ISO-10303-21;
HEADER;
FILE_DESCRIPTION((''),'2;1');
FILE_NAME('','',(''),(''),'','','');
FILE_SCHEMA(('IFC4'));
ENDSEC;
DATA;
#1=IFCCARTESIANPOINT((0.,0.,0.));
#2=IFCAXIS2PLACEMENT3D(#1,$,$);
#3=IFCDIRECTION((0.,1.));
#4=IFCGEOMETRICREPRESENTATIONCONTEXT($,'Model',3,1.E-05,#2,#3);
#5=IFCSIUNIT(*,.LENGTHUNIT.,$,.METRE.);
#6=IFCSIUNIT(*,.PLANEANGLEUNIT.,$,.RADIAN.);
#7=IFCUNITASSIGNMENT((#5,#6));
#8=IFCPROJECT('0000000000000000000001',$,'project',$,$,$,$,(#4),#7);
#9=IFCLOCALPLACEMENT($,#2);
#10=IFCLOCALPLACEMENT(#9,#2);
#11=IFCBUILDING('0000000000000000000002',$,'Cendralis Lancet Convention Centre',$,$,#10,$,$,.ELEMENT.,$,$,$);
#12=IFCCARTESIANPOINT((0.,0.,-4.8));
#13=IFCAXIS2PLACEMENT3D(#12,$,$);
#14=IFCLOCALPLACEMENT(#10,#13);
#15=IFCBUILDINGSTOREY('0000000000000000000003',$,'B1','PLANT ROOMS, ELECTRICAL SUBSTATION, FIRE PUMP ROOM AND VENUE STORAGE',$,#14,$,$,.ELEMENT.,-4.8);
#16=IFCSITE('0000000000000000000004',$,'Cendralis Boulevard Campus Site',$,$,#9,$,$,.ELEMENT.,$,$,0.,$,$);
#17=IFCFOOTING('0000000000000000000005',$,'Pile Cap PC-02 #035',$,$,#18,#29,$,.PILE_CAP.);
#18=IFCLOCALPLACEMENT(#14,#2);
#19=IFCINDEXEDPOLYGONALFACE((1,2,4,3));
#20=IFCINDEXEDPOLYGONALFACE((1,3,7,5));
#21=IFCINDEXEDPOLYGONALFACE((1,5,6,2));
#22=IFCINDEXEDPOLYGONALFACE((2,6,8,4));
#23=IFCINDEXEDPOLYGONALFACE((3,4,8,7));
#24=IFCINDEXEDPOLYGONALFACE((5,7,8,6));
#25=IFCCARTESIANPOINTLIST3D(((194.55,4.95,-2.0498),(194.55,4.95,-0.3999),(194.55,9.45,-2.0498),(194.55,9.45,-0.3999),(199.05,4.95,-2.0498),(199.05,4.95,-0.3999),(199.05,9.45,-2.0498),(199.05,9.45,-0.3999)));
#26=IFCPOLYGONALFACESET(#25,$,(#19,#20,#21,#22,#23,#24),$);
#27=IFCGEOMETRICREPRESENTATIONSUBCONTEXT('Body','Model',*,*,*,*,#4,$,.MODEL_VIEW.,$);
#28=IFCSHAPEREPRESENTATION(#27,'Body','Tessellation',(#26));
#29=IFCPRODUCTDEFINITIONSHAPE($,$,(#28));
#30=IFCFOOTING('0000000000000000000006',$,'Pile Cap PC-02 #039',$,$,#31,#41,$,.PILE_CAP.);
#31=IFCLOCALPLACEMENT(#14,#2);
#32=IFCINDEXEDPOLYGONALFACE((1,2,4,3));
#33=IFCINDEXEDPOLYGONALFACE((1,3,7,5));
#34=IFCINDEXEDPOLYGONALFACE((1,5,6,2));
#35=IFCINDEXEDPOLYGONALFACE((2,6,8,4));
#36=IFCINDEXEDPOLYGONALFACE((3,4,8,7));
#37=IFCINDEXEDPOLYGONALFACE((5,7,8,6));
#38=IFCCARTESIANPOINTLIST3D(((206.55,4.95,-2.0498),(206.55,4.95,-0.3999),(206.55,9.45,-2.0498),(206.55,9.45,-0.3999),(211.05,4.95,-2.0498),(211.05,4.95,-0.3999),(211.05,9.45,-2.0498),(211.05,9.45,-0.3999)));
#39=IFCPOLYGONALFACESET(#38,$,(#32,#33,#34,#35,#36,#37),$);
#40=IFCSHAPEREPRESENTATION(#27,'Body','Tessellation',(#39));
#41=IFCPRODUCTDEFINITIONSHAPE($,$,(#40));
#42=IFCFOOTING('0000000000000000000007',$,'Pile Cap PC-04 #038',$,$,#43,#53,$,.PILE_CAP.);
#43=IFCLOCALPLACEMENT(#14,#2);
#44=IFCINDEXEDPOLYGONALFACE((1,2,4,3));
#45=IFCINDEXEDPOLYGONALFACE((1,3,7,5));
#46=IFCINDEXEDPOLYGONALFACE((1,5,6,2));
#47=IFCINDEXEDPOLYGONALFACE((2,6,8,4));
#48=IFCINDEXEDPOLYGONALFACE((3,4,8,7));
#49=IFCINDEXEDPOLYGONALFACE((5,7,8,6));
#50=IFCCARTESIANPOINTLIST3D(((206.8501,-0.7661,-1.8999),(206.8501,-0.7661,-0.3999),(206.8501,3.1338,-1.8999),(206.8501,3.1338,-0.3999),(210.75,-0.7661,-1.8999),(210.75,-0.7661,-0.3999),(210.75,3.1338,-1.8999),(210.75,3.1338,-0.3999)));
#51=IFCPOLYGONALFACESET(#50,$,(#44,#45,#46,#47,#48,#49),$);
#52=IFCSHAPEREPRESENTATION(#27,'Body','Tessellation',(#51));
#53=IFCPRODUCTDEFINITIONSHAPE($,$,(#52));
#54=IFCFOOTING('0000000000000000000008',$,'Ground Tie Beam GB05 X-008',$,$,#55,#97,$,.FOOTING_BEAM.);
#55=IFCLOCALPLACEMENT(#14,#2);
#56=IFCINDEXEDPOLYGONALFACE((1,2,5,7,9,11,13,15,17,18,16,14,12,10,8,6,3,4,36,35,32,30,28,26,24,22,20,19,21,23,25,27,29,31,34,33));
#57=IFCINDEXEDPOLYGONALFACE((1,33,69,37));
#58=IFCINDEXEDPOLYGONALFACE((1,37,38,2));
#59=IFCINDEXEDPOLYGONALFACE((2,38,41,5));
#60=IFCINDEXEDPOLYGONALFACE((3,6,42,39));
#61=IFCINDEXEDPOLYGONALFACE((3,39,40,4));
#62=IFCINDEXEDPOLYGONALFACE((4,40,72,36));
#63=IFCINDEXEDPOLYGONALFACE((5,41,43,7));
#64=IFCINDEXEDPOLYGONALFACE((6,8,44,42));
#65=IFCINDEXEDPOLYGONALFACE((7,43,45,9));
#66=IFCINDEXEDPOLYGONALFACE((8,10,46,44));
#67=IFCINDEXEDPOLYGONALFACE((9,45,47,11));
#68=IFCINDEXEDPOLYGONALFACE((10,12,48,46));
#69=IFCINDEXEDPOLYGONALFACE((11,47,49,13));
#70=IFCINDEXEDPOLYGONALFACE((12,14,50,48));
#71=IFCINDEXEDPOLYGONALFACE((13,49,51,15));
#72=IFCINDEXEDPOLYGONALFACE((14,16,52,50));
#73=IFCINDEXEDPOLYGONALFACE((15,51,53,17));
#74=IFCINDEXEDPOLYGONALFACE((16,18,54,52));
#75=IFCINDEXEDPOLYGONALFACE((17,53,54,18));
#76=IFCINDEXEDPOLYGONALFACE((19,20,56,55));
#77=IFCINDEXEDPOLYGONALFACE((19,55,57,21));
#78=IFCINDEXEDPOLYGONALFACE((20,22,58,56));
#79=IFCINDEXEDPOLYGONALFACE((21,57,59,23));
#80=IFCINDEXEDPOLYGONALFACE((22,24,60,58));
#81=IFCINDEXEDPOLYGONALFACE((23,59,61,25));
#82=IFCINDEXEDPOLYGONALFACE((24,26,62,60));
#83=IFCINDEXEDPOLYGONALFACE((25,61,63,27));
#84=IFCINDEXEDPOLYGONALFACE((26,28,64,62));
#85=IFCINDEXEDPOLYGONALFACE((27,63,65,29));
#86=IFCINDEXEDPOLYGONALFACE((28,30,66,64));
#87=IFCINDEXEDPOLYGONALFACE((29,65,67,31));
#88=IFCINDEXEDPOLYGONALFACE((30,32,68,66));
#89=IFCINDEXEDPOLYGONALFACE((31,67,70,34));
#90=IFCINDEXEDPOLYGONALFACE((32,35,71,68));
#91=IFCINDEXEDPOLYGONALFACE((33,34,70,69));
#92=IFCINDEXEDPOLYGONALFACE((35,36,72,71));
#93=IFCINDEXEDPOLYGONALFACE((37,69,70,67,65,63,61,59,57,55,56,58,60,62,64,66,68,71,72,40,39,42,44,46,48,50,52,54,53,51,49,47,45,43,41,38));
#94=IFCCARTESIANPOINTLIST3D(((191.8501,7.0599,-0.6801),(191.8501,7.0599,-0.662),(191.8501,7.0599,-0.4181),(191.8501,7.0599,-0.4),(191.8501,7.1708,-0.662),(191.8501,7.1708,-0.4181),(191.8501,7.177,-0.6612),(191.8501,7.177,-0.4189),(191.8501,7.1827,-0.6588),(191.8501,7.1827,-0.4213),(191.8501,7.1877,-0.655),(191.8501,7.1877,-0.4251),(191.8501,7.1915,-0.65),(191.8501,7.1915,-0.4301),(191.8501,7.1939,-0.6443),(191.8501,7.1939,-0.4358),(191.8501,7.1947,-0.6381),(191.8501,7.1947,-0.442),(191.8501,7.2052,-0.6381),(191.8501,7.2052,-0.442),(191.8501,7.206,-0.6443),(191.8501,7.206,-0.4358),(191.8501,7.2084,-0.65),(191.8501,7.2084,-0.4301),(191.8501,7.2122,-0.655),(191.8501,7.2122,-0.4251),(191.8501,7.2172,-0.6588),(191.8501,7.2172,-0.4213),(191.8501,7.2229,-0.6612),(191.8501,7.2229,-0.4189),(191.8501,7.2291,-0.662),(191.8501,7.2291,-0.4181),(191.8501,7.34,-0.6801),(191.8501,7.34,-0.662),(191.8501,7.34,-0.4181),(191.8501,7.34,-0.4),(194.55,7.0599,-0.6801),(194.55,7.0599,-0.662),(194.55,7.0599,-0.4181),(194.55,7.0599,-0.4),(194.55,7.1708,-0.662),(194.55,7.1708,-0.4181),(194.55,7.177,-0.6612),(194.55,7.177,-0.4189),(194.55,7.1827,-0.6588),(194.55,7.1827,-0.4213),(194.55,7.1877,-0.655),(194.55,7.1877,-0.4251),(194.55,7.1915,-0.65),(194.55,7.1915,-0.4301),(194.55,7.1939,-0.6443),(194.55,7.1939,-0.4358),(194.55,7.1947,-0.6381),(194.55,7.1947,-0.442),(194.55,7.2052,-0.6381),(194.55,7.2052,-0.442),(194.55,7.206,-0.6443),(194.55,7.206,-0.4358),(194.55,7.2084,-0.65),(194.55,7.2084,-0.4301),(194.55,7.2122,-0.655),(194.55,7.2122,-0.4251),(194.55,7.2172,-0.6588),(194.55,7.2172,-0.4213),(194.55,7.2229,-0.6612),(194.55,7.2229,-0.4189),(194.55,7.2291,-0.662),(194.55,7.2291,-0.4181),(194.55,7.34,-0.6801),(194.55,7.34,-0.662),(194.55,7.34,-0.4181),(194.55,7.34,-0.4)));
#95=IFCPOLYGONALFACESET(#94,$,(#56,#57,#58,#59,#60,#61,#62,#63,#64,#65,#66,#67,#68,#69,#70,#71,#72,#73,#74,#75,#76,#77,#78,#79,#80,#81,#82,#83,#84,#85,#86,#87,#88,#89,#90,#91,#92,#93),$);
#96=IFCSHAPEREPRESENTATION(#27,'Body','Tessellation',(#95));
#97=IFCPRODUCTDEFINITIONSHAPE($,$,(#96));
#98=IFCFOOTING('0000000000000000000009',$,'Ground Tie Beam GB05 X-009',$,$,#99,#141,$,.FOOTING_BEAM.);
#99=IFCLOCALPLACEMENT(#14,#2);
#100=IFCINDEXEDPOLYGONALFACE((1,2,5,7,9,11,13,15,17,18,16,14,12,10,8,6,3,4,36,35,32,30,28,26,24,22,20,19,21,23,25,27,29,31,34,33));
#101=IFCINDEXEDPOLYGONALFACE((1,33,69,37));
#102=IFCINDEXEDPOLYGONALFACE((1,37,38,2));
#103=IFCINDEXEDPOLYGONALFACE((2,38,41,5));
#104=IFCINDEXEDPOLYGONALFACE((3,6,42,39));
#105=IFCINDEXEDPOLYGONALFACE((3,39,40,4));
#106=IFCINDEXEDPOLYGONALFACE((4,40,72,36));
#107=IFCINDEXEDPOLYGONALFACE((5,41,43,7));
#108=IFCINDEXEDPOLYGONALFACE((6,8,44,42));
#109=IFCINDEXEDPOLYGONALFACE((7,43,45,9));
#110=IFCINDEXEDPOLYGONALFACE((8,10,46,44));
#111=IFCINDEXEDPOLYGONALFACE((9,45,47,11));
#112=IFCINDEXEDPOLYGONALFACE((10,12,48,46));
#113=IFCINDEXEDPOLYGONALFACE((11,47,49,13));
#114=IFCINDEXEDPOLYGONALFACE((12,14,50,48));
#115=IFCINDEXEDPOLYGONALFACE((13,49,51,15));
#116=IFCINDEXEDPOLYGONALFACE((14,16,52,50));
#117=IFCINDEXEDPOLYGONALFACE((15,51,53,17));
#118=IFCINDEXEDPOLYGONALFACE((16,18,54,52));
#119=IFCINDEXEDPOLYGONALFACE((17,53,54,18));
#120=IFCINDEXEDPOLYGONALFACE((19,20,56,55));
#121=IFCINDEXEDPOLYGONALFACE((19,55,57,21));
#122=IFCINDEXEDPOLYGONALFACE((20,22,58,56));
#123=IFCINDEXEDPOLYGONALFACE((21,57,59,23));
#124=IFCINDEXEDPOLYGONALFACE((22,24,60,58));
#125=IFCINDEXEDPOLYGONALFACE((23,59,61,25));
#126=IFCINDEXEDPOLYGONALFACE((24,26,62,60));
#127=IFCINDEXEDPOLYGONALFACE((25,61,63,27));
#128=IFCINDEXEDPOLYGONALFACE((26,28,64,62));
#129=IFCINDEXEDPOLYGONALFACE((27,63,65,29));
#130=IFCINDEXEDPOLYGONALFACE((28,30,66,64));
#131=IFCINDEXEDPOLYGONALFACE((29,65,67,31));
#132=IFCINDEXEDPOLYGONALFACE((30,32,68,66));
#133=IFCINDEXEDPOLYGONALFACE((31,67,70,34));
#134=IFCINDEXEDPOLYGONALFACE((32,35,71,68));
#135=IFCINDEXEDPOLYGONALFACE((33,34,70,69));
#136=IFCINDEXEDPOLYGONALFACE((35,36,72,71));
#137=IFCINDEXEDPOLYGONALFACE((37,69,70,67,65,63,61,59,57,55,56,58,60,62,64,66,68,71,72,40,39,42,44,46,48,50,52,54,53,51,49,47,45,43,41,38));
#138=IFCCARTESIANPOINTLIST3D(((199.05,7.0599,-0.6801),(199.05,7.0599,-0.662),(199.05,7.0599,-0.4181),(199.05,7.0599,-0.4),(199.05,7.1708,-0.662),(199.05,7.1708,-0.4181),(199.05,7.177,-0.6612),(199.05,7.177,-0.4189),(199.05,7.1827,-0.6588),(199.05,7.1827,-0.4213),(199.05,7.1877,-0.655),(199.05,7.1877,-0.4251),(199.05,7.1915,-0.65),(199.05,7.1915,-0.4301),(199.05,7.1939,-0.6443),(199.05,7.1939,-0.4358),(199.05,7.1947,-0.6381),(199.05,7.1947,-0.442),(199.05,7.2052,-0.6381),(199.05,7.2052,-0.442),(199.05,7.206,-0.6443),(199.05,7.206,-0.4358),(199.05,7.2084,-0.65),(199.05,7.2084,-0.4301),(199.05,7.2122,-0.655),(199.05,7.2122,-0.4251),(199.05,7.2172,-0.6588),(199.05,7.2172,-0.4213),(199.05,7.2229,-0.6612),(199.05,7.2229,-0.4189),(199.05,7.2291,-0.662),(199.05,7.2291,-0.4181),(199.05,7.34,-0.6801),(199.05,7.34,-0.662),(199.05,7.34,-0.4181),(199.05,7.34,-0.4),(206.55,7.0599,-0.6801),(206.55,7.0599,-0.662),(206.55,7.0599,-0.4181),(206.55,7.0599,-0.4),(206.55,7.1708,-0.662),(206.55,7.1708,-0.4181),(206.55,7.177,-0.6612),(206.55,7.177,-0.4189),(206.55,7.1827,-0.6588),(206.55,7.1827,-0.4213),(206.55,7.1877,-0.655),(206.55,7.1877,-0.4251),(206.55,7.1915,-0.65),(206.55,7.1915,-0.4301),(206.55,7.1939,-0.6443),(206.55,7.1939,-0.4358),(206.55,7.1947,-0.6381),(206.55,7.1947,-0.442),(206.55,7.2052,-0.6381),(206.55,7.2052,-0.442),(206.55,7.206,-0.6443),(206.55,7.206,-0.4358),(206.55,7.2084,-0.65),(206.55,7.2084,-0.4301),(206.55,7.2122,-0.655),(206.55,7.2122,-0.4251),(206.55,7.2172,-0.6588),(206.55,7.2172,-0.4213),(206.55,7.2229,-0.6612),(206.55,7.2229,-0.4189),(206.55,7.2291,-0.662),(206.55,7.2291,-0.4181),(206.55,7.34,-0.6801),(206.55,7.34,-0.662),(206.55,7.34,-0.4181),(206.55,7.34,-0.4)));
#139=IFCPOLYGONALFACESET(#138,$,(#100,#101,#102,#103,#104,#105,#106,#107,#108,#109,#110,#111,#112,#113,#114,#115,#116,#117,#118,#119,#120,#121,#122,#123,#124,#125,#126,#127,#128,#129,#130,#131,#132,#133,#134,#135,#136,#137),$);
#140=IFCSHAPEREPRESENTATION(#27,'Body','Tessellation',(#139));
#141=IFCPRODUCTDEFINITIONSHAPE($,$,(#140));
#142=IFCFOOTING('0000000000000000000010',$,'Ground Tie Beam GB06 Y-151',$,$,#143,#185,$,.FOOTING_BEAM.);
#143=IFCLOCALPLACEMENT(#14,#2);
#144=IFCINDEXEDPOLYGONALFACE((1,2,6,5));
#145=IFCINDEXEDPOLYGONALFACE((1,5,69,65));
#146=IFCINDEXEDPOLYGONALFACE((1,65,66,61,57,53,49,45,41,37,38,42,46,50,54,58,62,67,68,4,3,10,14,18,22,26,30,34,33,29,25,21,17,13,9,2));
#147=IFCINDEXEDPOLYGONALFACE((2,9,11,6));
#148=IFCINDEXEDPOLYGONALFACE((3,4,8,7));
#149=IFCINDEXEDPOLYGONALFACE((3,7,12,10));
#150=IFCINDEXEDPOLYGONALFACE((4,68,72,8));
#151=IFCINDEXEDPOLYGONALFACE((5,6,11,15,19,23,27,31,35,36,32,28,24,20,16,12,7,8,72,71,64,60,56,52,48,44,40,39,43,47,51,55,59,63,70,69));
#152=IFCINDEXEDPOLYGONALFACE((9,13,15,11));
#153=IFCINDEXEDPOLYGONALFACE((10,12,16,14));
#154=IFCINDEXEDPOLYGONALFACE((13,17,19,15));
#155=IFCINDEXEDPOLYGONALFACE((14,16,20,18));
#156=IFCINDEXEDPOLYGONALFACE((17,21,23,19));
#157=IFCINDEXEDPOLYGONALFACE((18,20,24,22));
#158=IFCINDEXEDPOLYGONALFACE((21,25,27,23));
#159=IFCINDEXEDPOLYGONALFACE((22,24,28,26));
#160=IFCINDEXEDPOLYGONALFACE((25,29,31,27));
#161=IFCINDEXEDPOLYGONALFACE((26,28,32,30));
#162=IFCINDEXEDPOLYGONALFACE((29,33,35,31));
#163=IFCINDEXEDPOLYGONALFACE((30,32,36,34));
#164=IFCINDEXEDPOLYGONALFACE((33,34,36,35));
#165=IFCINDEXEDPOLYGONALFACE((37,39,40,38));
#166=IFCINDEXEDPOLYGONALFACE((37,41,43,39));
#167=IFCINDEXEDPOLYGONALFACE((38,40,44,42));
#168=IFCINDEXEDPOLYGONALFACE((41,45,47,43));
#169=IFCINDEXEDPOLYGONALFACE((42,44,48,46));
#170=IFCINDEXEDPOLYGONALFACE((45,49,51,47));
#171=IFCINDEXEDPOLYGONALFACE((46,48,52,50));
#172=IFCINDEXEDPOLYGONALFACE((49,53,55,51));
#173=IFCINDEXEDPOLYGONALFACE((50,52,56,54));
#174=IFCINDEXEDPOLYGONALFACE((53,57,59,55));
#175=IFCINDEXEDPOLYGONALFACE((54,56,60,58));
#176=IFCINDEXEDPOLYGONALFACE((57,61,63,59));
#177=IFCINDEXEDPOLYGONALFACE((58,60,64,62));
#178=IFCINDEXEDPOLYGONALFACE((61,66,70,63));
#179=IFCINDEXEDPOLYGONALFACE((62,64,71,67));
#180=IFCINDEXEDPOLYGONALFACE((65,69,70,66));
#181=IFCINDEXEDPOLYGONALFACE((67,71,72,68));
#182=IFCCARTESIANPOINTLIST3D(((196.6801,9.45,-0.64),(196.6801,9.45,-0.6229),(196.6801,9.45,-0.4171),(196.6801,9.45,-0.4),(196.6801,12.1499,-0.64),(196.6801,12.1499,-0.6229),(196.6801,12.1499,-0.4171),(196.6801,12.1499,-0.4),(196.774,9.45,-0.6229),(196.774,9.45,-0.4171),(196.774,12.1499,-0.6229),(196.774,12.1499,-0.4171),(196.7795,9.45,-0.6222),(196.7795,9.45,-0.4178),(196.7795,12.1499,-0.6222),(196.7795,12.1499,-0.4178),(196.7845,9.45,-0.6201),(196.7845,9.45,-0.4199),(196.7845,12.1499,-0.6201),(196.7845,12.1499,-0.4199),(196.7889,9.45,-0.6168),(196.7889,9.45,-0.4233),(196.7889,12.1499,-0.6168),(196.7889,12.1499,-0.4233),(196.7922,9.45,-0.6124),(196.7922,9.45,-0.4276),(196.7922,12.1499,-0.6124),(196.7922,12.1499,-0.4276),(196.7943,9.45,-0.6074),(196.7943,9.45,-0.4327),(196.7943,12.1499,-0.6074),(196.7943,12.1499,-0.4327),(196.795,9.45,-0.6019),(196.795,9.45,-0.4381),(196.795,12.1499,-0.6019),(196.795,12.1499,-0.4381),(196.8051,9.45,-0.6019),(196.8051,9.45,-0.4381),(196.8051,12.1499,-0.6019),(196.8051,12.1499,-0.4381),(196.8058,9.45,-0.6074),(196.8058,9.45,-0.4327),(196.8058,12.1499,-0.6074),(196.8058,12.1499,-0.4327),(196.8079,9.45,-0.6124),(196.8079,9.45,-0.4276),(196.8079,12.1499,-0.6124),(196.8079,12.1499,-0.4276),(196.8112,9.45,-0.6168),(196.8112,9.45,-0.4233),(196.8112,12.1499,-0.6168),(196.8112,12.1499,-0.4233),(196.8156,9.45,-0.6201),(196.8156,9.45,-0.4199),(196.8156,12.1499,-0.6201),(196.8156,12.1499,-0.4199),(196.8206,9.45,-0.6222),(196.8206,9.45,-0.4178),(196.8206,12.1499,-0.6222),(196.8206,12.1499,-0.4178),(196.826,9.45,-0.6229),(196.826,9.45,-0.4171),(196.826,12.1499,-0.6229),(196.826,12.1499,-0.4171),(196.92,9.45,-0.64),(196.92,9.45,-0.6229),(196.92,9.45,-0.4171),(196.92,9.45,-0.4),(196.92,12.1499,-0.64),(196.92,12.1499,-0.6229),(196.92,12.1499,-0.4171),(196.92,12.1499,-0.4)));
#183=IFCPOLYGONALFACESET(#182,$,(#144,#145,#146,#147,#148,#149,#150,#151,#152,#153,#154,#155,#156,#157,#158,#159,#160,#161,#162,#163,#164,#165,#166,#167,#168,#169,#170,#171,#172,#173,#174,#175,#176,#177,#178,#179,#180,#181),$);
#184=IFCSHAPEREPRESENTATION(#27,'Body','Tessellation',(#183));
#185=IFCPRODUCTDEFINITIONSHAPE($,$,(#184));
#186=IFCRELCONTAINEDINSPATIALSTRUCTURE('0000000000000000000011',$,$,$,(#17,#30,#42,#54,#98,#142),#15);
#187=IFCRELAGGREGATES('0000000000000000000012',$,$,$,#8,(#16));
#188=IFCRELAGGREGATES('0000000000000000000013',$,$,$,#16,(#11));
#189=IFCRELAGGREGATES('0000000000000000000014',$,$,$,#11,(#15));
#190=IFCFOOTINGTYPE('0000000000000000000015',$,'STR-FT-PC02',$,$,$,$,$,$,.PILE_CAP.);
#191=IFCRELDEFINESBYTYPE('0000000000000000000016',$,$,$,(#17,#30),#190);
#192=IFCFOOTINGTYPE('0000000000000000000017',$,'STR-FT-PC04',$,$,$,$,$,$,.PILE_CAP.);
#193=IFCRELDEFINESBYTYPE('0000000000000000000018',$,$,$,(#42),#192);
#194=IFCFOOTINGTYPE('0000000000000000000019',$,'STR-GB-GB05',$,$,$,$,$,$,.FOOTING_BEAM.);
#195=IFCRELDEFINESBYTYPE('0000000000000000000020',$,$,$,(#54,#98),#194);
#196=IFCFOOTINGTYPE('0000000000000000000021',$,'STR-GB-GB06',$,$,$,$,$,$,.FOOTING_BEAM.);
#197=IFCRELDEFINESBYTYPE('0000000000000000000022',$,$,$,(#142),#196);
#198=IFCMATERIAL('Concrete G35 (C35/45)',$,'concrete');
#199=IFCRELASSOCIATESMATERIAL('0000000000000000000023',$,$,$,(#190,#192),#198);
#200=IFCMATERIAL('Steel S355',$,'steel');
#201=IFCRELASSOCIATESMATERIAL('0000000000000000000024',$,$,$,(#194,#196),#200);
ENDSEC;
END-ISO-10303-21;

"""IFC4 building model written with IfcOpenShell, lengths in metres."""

from ifc_helpers import new_model, si_unit, direction, frame, origin, origin_2d, place, context, subcontext, project, spatial, rectangle, i_section, extrude, material, material_profile, profile_set, type_object, element, save


model = new_model("IFC4")

# Units and contexts
model_context = context("Model", 3, precision=1e-05, world=origin(), true_north=direction((0.0, 1.0)))
body_context = subcontext(model_context, "Body", "Model", "MODEL_VIEW")
ifc_project = project(units=[si_unit("LENGTHUNIT", "METRE"), si_unit("PLANEANGLEUNIT", "RADIAN")], contexts=[model_context])

# Site, building, storey
site_placement = place(None, origin())
site = spatial("IfcSite", under=ifc_project, at=site_placement, Name="Cendralis Boulevard Campus Site", CompositionType="ELEMENT", RefElevation=0.0)
building_placement = place(site_placement, origin())
building = spatial("IfcBuilding", under=site, at=building_placement, Name="Cendralis Lancet Convention Centre", CompositionType="ELEMENT")
storey_placement = place(building_placement, frame((0.0, 0.0, -4.8)))
storey = spatial("IfcBuildingStorey", under=building, at=storey_placement, Name="B1", Description="PLANT ROOMS, ELECTRICAL SUBSTATION, FIRE PUMP ROOM AND VENUE STORAGE", CompositionType="ELEMENT", Elevation=-4.8)

# Footings
ifc_material_1 = material(Name="Concrete G35 (C35/45)", Category="concrete")
footing_type_1 = type_object("IfcFootingType", Name="STR-FT-PC02", PredefinedType="PILE_CAP", material=ifc_material_1)
for number, where, z_axis, x_axis, name in (
    (1, (196.8, 7.2, -2.0498), (0.0, 0.0, 1.0), (1.0, 0.0, 0.0), "Pile Cap PC-02 #035"),
    (2, (208.8, 7.2, -2.0498), (0.0, 0.0, 1.0), (1.0, 0.0, 0.0), "Pile Cap PC-02 #039"),
):
    element("IfcFooting", number, at=place(storey_placement, frame(where, z_axis=z_axis, x_axis=x_axis)), inside=storey, type_object=footing_type_1, Name=name, PredefinedType="PILE_CAP", context=body_context, shape_type="SweptSolid", body=[
        extrude(rectangle(XDim=4.5, YDim=4.5, at=origin_2d()), origin(), (0.0, 0.0, 1.0), 1.6499),
    ])
footing_type_2 = type_object("IfcFootingType", Name="STR-FT-PC04", PredefinedType="PILE_CAP", material=ifc_material_1)
footing_1_placement = place(storey_placement, frame((208.8, 1.1838, -1.8999), z_axis=(0.0, 0.0, 1.0), x_axis=(1.0, 0.0, 0.0)))
element("IfcFooting", 3, at=footing_1_placement, inside=storey, type_object=footing_type_2, Name="Pile Cap PC-04 #038", PredefinedType="PILE_CAP", context=body_context, shape_type="SweptSolid", body=[
    extrude(rectangle(XDim=3.8999, YDim=3.8999, at=origin_2d()), origin(), (0.0, 0.0, 1.0), 1.5),
])
ifc_material_2 = material(Name="Steel S355", Category="steel")
ifc_material_profile_1 = material_profile(ifc_material_2, i_section(OverallWidth=0.28, OverallDepth=0.28, WebThickness=0.0105, FlangeThickness=0.0181, FilletRadius=0.0239, at=origin_2d()), Name="HEB 280")
ifc_profile_set_1 = profile_set([ifc_material_profile_1], Name="Steel S355")
footing_type_3 = type_object("IfcFootingType", Name="STR-GB-GB05", PredefinedType="FOOTING_BEAM", material=ifc_profile_set_1)
footing_2_placement = place(storey_placement, frame((191.8501, 7.2, -0.54), z_axis=(1.0, 0.0, 0.0), x_axis=(0.0, 1.0, 0.0)))
element("IfcFooting", 4, at=footing_2_placement, inside=storey, type_object=footing_type_3, Name="Ground Tie Beam GB05 X-008", PredefinedType="FOOTING_BEAM", context=body_context, shape_type="SweptSolid", body=[
    extrude(i_section(OverallWidth=0.28, OverallDepth=0.28, WebThickness=0.0105, FlangeThickness=0.0181, FilletRadius=0.0239, at=origin_2d()), origin(), (0.0, 0.0, 1.0), 2.7),
])
footing_3_placement = place(storey_placement, frame((199.05, 7.2, -0.54), z_axis=(1.0, 0.0, 0.0), x_axis=(0.0, 1.0, 0.0)))
element("IfcFooting", 5, at=footing_3_placement, inside=storey, type_object=footing_type_3, Name="Ground Tie Beam GB05 X-009", PredefinedType="FOOTING_BEAM", context=body_context, shape_type="SweptSolid", body=[
    extrude(i_section(OverallWidth=0.28, OverallDepth=0.28, WebThickness=0.0105, FlangeThickness=0.0181, FilletRadius=0.0239, at=origin_2d()), origin(), (0.0, 0.0, 1.0), 7.5),
])
ifc_material_profile_2 = material_profile(ifc_material_2, i_section(OverallWidth=0.24, OverallDepth=0.24, WebThickness=0.01, FlangeThickness=0.0171, FilletRadius=0.021, at=origin_2d()), Name="HEB 240")
ifc_profile_set_2 = profile_set([ifc_material_profile_2], Name="Steel S355")
footing_type_4 = type_object("IfcFootingType", Name="STR-GB-GB06", PredefinedType="FOOTING_BEAM", material=ifc_profile_set_2)
footing_4_placement = place(storey_placement, frame((196.8, 9.45, -0.52), z_axis=(0.0, 1.0, 0.0), x_axis=(-1.0, 0.0, 0.0)))
element("IfcFooting", 6, at=footing_4_placement, inside=storey, type_object=footing_type_4, Name="Ground Tie Beam GB06 Y-151", PredefinedType="FOOTING_BEAM", context=body_context, shape_type="SweptSolid", body=[
    extrude(i_section(OverallWidth=0.24, OverallDepth=0.24, WebThickness=0.01, FlangeThickness=0.0171, FilletRadius=0.021, at=origin_2d()), origin(), (0.0, 0.0, 1.0), 2.7),
])

save(model, "model.ifc")
